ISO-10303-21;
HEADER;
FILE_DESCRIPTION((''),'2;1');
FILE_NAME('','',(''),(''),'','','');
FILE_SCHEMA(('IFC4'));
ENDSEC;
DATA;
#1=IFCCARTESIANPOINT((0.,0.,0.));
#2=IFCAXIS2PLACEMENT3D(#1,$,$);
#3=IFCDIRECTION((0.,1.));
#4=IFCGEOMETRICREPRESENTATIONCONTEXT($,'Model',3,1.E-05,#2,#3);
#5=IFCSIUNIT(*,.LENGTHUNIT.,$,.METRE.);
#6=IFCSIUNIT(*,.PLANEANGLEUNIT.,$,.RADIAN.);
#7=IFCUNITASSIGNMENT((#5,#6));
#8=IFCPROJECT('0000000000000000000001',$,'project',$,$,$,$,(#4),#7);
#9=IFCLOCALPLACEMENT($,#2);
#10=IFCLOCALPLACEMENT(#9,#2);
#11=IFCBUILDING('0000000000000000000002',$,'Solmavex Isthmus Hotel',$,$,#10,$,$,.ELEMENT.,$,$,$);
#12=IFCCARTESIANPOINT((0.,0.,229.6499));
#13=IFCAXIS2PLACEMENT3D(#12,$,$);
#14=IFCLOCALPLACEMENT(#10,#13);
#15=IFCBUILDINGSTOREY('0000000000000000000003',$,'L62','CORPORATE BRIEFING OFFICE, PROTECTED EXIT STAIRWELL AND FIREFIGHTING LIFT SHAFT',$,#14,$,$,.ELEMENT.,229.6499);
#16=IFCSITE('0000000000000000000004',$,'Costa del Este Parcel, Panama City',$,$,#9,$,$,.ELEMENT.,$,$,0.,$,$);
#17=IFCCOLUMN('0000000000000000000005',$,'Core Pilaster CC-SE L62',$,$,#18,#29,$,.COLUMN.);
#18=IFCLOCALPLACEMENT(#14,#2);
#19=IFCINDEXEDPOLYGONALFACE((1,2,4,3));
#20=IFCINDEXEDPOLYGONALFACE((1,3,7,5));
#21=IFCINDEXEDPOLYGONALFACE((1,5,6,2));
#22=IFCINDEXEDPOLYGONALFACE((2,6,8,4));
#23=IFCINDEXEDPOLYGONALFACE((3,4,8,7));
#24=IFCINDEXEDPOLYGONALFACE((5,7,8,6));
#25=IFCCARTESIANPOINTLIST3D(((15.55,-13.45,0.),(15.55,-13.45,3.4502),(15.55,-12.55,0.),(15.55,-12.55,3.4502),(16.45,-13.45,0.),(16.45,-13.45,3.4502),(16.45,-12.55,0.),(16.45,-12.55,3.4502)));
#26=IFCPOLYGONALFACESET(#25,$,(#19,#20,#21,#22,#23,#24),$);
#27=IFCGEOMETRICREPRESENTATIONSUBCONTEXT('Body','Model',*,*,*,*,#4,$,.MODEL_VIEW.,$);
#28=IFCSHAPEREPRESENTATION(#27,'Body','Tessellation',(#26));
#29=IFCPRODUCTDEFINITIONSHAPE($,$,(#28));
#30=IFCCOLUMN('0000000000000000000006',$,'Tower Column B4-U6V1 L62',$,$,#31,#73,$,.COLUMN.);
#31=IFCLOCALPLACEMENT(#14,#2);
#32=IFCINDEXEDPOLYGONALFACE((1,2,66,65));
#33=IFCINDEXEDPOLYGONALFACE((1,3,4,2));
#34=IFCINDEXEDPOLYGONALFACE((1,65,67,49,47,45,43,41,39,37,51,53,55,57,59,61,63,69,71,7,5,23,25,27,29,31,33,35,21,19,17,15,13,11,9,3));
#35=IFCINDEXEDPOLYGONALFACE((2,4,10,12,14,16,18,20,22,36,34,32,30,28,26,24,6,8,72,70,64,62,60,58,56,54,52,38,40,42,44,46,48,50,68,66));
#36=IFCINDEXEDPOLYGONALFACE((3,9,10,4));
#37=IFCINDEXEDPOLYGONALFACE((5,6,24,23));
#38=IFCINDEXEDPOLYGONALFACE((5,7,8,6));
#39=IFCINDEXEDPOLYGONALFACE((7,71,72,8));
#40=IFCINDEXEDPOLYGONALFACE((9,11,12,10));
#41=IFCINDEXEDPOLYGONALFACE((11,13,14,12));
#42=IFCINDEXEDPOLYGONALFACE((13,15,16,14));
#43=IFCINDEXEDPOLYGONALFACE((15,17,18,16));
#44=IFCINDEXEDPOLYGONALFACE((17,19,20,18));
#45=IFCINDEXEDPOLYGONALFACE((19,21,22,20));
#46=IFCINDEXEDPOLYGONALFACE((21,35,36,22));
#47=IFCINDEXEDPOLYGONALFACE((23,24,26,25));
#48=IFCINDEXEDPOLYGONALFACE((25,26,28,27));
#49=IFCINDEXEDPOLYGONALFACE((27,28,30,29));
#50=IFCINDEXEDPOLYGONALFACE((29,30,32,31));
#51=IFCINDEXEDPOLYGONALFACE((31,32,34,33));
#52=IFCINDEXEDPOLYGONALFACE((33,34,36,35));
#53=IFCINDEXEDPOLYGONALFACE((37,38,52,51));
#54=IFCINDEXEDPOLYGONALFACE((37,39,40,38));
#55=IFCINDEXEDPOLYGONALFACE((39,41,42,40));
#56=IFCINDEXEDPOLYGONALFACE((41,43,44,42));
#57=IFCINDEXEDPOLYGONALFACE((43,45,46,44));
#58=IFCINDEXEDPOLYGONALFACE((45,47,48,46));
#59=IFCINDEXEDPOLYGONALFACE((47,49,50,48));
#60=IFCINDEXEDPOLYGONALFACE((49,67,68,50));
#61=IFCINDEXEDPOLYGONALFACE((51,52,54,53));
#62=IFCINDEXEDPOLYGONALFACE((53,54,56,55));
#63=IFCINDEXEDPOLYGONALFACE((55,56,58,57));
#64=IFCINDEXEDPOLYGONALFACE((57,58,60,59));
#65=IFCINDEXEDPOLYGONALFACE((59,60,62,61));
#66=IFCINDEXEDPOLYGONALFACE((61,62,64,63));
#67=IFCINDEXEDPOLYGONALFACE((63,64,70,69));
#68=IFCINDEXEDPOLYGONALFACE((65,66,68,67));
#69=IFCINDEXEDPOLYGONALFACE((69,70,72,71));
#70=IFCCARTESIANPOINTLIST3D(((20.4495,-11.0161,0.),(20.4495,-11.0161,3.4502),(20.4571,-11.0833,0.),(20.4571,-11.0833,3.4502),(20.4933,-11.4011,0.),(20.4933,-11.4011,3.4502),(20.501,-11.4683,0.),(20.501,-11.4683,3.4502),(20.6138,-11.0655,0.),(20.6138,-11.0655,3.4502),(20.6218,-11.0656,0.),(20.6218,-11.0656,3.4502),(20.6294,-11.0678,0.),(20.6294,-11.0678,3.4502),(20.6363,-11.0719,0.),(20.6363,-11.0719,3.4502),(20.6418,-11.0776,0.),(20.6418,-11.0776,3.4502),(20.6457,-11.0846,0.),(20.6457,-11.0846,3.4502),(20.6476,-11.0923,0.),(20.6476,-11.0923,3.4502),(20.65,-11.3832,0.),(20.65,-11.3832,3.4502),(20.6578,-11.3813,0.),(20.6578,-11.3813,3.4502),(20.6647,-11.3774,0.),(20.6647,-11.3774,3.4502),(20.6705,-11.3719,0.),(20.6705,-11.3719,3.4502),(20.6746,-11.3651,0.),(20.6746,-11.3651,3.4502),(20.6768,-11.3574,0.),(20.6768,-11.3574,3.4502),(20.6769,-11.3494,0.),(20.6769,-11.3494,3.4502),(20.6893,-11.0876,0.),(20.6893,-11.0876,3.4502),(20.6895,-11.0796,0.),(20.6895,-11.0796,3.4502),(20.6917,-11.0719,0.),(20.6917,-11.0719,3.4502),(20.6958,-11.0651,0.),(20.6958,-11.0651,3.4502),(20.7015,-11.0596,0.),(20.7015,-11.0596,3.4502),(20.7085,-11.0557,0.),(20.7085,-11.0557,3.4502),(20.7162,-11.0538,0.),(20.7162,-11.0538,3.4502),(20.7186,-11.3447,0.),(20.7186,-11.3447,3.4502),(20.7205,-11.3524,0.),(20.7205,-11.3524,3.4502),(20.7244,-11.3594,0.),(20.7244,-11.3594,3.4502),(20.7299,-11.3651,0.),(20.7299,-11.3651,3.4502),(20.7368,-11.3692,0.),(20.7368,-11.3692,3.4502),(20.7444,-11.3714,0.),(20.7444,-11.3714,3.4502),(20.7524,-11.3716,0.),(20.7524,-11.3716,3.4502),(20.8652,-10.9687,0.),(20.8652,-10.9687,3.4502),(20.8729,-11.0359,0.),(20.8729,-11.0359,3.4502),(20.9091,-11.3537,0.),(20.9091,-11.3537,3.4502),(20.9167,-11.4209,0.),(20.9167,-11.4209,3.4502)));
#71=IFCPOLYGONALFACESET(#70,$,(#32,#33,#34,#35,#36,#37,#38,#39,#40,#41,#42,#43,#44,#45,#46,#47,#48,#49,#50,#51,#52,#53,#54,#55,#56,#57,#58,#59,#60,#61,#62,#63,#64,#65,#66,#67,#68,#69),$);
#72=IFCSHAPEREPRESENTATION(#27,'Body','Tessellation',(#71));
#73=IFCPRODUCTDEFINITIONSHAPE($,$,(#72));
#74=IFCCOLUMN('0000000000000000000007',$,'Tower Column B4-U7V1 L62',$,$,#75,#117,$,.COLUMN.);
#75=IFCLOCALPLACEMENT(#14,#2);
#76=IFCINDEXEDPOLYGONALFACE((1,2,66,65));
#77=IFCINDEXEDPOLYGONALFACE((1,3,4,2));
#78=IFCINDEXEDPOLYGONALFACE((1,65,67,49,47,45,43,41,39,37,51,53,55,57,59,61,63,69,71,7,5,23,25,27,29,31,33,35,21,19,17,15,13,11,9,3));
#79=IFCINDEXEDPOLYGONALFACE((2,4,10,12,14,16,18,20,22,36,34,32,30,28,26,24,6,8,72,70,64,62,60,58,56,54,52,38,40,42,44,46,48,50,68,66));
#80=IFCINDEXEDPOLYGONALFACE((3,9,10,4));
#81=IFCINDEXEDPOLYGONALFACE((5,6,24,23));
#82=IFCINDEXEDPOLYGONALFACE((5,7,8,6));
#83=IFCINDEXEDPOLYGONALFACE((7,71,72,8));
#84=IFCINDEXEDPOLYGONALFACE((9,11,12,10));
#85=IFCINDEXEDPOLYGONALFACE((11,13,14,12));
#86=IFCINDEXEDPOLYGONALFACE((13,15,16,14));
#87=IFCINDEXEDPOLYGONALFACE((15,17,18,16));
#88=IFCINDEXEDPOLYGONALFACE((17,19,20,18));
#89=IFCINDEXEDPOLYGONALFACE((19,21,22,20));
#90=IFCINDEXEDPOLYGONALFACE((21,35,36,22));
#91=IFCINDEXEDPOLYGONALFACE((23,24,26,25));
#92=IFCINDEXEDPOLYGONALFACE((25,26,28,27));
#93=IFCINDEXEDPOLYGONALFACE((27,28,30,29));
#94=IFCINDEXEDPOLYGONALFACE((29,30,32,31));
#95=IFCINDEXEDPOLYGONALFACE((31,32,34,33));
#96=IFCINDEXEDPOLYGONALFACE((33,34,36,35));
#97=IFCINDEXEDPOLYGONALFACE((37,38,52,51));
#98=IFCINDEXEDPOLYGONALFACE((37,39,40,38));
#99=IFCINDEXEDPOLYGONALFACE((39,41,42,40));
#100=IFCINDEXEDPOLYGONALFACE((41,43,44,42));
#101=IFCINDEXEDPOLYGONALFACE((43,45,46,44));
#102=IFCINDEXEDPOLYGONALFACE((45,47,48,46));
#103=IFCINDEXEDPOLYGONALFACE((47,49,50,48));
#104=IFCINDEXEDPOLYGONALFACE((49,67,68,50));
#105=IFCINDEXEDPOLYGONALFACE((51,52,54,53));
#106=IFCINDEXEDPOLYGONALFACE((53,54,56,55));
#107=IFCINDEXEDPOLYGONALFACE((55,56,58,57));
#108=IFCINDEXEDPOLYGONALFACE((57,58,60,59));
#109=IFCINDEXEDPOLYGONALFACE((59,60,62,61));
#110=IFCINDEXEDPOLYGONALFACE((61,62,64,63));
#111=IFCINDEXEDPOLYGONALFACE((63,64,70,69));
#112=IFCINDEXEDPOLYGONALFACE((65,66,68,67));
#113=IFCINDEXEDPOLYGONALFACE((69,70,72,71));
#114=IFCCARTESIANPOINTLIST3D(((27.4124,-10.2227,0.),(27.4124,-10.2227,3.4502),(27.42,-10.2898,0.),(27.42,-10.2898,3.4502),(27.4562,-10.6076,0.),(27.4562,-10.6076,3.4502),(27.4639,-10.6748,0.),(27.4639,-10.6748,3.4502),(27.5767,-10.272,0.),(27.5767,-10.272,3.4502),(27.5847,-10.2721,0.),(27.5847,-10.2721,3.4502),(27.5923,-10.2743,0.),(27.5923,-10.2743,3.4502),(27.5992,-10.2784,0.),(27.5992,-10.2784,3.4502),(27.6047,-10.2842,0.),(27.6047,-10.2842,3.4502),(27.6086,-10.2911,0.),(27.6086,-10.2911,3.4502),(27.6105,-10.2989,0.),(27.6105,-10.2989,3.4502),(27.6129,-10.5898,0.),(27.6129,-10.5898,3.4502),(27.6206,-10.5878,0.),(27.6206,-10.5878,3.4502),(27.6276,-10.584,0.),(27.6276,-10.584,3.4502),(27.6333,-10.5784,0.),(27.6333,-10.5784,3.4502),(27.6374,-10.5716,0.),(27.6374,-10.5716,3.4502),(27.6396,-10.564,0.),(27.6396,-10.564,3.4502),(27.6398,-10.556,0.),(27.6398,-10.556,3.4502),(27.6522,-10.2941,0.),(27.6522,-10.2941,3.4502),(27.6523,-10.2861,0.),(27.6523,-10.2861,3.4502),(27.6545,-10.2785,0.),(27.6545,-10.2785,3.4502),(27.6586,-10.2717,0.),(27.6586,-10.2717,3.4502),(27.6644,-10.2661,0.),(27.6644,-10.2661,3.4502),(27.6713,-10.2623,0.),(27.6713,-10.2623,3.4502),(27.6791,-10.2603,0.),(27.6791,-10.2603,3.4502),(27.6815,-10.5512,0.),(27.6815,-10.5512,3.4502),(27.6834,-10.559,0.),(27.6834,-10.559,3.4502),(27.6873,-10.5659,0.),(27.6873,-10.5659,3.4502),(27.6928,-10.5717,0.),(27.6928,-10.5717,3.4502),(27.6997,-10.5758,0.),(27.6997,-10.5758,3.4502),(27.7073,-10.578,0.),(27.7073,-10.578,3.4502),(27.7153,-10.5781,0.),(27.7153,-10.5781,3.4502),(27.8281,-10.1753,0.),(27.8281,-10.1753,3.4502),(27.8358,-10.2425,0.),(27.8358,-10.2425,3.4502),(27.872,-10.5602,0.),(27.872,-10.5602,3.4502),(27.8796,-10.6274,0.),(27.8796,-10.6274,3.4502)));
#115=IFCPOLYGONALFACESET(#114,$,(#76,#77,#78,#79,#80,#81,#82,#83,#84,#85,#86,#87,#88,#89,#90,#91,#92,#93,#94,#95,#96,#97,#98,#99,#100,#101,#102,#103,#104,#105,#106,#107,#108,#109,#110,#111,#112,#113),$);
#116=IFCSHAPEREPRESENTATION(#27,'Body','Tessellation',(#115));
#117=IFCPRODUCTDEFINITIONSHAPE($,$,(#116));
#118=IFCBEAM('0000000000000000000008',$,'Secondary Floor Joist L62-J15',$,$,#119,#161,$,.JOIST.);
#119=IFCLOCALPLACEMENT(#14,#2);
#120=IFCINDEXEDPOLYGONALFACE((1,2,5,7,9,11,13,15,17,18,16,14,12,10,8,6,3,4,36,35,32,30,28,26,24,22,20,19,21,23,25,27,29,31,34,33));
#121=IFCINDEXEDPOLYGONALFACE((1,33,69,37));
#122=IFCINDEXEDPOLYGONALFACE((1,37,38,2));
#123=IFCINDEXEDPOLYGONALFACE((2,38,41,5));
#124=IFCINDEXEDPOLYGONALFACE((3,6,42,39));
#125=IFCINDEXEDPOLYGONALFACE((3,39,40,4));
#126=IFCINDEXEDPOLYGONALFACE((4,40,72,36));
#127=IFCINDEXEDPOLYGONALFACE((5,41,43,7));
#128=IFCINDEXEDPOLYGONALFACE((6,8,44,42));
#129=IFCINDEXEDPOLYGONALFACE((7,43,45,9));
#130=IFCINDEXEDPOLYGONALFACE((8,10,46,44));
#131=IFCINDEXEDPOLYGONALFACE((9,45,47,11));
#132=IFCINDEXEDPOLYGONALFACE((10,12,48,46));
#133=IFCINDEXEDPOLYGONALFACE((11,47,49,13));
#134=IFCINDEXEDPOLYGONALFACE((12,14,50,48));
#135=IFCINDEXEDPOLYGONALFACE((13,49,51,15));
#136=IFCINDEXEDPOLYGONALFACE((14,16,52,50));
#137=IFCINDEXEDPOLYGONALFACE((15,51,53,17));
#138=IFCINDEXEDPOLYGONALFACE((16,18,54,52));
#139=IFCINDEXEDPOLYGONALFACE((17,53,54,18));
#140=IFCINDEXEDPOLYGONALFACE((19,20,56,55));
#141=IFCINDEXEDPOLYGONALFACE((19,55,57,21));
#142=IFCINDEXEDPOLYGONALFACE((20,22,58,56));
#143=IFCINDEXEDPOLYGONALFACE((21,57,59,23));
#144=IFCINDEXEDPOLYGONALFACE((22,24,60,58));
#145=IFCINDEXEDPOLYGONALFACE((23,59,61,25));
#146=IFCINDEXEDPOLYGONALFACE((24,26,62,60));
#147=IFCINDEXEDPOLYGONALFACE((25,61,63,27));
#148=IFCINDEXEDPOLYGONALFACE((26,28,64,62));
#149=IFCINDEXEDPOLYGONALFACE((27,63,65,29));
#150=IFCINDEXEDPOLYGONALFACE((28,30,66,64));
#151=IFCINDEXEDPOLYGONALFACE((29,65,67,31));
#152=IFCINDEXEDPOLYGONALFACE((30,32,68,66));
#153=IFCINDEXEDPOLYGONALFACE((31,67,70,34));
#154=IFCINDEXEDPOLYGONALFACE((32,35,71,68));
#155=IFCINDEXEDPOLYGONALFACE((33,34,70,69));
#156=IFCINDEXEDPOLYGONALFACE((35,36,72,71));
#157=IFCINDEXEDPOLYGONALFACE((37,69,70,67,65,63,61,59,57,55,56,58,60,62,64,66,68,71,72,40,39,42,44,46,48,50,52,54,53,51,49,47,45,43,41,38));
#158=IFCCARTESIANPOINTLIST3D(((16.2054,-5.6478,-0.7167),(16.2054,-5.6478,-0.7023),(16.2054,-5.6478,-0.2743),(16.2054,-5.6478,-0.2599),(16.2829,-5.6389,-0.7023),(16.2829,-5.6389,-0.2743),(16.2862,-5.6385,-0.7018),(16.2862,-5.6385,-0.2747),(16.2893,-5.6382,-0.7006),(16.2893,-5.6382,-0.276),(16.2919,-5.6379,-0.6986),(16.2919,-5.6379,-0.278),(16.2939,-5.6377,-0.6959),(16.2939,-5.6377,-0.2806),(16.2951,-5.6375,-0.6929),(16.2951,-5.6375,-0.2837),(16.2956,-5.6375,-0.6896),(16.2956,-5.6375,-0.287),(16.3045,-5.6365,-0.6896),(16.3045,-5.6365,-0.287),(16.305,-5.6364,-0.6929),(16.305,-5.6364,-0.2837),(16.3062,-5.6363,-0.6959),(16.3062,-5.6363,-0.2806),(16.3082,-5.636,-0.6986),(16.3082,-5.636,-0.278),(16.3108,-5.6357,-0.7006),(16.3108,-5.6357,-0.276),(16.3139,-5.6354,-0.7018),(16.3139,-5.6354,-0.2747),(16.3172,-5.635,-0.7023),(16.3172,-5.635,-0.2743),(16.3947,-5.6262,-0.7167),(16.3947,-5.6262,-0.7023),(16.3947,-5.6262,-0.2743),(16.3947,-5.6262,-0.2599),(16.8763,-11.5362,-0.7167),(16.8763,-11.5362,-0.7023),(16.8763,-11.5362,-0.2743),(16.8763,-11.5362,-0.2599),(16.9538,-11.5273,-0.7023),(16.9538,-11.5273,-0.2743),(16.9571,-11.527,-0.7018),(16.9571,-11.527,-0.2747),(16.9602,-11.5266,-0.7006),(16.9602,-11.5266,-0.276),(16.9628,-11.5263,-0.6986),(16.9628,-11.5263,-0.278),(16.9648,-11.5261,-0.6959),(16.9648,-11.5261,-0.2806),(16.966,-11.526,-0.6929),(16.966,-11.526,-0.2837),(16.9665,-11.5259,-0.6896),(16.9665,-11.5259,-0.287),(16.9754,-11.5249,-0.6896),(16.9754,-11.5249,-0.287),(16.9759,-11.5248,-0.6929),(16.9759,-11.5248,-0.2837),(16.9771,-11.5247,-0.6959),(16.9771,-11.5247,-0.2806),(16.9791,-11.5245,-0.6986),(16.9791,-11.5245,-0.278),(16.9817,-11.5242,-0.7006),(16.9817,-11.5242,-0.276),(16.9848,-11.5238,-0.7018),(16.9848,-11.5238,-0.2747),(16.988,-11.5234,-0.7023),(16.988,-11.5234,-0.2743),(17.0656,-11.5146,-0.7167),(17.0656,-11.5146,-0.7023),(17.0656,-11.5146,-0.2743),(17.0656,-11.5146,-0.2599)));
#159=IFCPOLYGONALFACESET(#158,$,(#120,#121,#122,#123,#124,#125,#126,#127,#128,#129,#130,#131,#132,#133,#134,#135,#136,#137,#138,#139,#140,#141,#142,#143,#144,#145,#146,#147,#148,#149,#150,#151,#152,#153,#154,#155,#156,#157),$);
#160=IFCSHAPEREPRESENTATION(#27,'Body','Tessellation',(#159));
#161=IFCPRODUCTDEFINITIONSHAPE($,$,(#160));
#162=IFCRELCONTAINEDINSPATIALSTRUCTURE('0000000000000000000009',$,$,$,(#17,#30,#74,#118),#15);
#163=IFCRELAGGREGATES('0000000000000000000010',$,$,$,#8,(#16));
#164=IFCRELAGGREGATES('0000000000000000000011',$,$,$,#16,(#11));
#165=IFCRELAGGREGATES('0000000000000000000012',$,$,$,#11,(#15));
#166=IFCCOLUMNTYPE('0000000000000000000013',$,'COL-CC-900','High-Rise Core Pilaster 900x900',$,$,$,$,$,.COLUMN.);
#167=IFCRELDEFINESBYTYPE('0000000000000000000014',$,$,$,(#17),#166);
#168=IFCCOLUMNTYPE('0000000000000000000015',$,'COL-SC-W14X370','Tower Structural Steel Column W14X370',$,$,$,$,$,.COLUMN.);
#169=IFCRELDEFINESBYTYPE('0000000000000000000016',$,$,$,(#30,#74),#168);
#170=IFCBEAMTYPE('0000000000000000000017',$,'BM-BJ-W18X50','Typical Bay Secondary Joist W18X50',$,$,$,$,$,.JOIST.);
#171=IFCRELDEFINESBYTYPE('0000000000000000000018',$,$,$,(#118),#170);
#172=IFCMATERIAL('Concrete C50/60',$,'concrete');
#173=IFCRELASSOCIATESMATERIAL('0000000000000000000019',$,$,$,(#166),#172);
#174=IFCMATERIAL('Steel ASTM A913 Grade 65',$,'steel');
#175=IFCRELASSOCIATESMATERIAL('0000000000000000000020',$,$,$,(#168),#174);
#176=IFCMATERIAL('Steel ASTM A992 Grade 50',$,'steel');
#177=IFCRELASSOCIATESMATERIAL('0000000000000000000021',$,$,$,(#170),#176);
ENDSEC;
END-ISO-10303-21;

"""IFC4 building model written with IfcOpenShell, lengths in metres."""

from ifc_helpers import new_model, si_unit, direction, frame, origin, origin_2d, place, context, subcontext, project, spatial, rectangle, i_section, extrude, material, material_profile, profile_set, type_object, element, save


model = new_model("IFC4")

# Units and contexts
model_context = context("Model", 3, precision=1e-05, world=origin(), true_north=direction((0.0, 1.0)))
body_context = subcontext(model_context, "Body", "Model", "MODEL_VIEW")
ifc_project = project(units=[si_unit("LENGTHUNIT", "METRE"), si_unit("PLANEANGLEUNIT", "RADIAN")], contexts=[model_context])

# Site, building, storey
site_placement = place(None, origin())
site = spatial("IfcSite", under=ifc_project, at=site_placement, Name="Costa del Este Parcel, Panama City", CompositionType="ELEMENT", RefElevation=0.0)
building_placement = place(site_placement, origin())
building = spatial("IfcBuilding", under=site, at=building_placement, Name="Solmavex Isthmus Hotel", CompositionType="ELEMENT")
storey_placement = place(building_placement, frame((0.0, 0.0, 229.6499)))
storey = spatial("IfcBuildingStorey", under=building, at=storey_placement, Name="L62", Description="CORPORATE BRIEFING OFFICE, PROTECTED EXIT STAIRWELL AND FIREFIGHTING LIFT SHAFT", CompositionType="ELEMENT", Elevation=229.6499)

# Columns
ifc_material_1 = material(Name="Concrete C50/60", Category="concrete")
ifc_material_profile_1 = material_profile(ifc_material_1, rectangle(XDim=0.8999, YDim=0.8999, at=origin_2d()), Name="RC900X900")
ifc_profile_set_1 = profile_set([ifc_material_profile_1], Name="Concrete C50/60")
column_type_1 = type_object("IfcColumnType", Name="COL-CC-900", Description="High-Rise Core Pilaster 900x900", PredefinedType="COLUMN", material=ifc_profile_set_1)
column_placement = place(storey_placement, frame((16.0, -13.0, 0.0), z_axis=(0.0, 0.0, 1.0), x_axis=(1.0, 0.0, 0.0)))
element("IfcColumn", 1, at=column_placement, inside=storey, type_object=column_type_1, Name="Core Pilaster CC-SE L62", PredefinedType="COLUMN", context=body_context, shape_type="SweptSolid", body=[
    extrude(rectangle(XDim=0.8999, YDim=0.8999, at=origin_2d()), origin(), (0.0, 0.0, 1.0), 3.4502),
])
ifc_material_2 = material(Name="Steel ASTM A913 Grade 65", Category="steel")
ifc_material_profile_2 = material_profile(ifc_material_2, i_section(OverallWidth=0.4185, OverallDepth=0.4551, WebThickness=0.042, FlangeThickness=0.0676, FilletRadius=0.0305, at=origin_2d()), Name="W14X370")
ifc_profile_set_2 = profile_set([ifc_material_profile_2], Name="Steel ASTM A913 Grade 65")
column_type_2 = type_object("IfcColumnType", Name="COL-SC-W14X370", Description="Tower Structural Steel Column W14X370", PredefinedType="COLUMN", material=ifc_profile_set_2)
for number, where, z_axis, x_axis, name in (
    (2, (20.6831, -11.2185, 0.0), (0.0, 0.0, 1.0), (0.993572, 0.113203, 0.0), "Tower Column B4-U6V1 L62"),
    (3, (27.646, -10.425, 0.0), (0.0, 0.0, 1.0), (0.993572, 0.113203, 0.0), "Tower Column B4-U7V1 L62"),
):
    element("IfcColumn", number, at=place(storey_placement, frame(where, z_axis=z_axis, x_axis=x_axis)), inside=storey, type_object=column_type_2, Name=name, PredefinedType="COLUMN", context=body_context, shape_type="SweptSolid", body=[
        extrude(i_section(OverallWidth=0.4185, OverallDepth=0.4551, WebThickness=0.042, FlangeThickness=0.0676, FilletRadius=0.0305, at=origin_2d()), origin(), (0.0, 0.0, 1.0), 3.4502),
    ])

# Beam
ifc_material_3 = material(Name="Steel ASTM A992 Grade 50", Category="steel")
ifc_material_profile_3 = material_profile(ifc_material_3, i_section(OverallWidth=0.1904, OverallDepth=0.4568, WebThickness=0.009, FlangeThickness=0.0144, FilletRadius=0.0127, at=origin_2d()), Name="W18X50")
ifc_profile_set_3 = profile_set([ifc_material_profile_3], Name="Steel ASTM A992 Grade 50")
beam_type_1 = type_object("IfcBeamType", Name="BM-BJ-W18X50", Description="Typical Bay Secondary Joist W18X50", PredefinedType="JOIST", material=ifc_profile_set_3)
beam_1_placement = place(storey_placement, frame((16.9709, -11.5254, -0.4883), z_axis=(-0.113203, 0.993572, 0.0), x_axis=(-0.993572, -0.113203, 0.0)))
element("IfcBeam", 4, at=beam_1_placement, inside=storey, type_object=beam_type_1, Name="Secondary Floor Joist L62-J15", PredefinedType="JOIST", context=body_context, shape_type="SweptSolid", body=[
    extrude(i_section(OverallWidth=0.1904, OverallDepth=0.4568, WebThickness=0.009, FlangeThickness=0.0144, FilletRadius=0.0127, at=origin_2d()), origin(), (0.0, 0.0, 1.0), 5.9265),
])

save(model, "model.ifc")
